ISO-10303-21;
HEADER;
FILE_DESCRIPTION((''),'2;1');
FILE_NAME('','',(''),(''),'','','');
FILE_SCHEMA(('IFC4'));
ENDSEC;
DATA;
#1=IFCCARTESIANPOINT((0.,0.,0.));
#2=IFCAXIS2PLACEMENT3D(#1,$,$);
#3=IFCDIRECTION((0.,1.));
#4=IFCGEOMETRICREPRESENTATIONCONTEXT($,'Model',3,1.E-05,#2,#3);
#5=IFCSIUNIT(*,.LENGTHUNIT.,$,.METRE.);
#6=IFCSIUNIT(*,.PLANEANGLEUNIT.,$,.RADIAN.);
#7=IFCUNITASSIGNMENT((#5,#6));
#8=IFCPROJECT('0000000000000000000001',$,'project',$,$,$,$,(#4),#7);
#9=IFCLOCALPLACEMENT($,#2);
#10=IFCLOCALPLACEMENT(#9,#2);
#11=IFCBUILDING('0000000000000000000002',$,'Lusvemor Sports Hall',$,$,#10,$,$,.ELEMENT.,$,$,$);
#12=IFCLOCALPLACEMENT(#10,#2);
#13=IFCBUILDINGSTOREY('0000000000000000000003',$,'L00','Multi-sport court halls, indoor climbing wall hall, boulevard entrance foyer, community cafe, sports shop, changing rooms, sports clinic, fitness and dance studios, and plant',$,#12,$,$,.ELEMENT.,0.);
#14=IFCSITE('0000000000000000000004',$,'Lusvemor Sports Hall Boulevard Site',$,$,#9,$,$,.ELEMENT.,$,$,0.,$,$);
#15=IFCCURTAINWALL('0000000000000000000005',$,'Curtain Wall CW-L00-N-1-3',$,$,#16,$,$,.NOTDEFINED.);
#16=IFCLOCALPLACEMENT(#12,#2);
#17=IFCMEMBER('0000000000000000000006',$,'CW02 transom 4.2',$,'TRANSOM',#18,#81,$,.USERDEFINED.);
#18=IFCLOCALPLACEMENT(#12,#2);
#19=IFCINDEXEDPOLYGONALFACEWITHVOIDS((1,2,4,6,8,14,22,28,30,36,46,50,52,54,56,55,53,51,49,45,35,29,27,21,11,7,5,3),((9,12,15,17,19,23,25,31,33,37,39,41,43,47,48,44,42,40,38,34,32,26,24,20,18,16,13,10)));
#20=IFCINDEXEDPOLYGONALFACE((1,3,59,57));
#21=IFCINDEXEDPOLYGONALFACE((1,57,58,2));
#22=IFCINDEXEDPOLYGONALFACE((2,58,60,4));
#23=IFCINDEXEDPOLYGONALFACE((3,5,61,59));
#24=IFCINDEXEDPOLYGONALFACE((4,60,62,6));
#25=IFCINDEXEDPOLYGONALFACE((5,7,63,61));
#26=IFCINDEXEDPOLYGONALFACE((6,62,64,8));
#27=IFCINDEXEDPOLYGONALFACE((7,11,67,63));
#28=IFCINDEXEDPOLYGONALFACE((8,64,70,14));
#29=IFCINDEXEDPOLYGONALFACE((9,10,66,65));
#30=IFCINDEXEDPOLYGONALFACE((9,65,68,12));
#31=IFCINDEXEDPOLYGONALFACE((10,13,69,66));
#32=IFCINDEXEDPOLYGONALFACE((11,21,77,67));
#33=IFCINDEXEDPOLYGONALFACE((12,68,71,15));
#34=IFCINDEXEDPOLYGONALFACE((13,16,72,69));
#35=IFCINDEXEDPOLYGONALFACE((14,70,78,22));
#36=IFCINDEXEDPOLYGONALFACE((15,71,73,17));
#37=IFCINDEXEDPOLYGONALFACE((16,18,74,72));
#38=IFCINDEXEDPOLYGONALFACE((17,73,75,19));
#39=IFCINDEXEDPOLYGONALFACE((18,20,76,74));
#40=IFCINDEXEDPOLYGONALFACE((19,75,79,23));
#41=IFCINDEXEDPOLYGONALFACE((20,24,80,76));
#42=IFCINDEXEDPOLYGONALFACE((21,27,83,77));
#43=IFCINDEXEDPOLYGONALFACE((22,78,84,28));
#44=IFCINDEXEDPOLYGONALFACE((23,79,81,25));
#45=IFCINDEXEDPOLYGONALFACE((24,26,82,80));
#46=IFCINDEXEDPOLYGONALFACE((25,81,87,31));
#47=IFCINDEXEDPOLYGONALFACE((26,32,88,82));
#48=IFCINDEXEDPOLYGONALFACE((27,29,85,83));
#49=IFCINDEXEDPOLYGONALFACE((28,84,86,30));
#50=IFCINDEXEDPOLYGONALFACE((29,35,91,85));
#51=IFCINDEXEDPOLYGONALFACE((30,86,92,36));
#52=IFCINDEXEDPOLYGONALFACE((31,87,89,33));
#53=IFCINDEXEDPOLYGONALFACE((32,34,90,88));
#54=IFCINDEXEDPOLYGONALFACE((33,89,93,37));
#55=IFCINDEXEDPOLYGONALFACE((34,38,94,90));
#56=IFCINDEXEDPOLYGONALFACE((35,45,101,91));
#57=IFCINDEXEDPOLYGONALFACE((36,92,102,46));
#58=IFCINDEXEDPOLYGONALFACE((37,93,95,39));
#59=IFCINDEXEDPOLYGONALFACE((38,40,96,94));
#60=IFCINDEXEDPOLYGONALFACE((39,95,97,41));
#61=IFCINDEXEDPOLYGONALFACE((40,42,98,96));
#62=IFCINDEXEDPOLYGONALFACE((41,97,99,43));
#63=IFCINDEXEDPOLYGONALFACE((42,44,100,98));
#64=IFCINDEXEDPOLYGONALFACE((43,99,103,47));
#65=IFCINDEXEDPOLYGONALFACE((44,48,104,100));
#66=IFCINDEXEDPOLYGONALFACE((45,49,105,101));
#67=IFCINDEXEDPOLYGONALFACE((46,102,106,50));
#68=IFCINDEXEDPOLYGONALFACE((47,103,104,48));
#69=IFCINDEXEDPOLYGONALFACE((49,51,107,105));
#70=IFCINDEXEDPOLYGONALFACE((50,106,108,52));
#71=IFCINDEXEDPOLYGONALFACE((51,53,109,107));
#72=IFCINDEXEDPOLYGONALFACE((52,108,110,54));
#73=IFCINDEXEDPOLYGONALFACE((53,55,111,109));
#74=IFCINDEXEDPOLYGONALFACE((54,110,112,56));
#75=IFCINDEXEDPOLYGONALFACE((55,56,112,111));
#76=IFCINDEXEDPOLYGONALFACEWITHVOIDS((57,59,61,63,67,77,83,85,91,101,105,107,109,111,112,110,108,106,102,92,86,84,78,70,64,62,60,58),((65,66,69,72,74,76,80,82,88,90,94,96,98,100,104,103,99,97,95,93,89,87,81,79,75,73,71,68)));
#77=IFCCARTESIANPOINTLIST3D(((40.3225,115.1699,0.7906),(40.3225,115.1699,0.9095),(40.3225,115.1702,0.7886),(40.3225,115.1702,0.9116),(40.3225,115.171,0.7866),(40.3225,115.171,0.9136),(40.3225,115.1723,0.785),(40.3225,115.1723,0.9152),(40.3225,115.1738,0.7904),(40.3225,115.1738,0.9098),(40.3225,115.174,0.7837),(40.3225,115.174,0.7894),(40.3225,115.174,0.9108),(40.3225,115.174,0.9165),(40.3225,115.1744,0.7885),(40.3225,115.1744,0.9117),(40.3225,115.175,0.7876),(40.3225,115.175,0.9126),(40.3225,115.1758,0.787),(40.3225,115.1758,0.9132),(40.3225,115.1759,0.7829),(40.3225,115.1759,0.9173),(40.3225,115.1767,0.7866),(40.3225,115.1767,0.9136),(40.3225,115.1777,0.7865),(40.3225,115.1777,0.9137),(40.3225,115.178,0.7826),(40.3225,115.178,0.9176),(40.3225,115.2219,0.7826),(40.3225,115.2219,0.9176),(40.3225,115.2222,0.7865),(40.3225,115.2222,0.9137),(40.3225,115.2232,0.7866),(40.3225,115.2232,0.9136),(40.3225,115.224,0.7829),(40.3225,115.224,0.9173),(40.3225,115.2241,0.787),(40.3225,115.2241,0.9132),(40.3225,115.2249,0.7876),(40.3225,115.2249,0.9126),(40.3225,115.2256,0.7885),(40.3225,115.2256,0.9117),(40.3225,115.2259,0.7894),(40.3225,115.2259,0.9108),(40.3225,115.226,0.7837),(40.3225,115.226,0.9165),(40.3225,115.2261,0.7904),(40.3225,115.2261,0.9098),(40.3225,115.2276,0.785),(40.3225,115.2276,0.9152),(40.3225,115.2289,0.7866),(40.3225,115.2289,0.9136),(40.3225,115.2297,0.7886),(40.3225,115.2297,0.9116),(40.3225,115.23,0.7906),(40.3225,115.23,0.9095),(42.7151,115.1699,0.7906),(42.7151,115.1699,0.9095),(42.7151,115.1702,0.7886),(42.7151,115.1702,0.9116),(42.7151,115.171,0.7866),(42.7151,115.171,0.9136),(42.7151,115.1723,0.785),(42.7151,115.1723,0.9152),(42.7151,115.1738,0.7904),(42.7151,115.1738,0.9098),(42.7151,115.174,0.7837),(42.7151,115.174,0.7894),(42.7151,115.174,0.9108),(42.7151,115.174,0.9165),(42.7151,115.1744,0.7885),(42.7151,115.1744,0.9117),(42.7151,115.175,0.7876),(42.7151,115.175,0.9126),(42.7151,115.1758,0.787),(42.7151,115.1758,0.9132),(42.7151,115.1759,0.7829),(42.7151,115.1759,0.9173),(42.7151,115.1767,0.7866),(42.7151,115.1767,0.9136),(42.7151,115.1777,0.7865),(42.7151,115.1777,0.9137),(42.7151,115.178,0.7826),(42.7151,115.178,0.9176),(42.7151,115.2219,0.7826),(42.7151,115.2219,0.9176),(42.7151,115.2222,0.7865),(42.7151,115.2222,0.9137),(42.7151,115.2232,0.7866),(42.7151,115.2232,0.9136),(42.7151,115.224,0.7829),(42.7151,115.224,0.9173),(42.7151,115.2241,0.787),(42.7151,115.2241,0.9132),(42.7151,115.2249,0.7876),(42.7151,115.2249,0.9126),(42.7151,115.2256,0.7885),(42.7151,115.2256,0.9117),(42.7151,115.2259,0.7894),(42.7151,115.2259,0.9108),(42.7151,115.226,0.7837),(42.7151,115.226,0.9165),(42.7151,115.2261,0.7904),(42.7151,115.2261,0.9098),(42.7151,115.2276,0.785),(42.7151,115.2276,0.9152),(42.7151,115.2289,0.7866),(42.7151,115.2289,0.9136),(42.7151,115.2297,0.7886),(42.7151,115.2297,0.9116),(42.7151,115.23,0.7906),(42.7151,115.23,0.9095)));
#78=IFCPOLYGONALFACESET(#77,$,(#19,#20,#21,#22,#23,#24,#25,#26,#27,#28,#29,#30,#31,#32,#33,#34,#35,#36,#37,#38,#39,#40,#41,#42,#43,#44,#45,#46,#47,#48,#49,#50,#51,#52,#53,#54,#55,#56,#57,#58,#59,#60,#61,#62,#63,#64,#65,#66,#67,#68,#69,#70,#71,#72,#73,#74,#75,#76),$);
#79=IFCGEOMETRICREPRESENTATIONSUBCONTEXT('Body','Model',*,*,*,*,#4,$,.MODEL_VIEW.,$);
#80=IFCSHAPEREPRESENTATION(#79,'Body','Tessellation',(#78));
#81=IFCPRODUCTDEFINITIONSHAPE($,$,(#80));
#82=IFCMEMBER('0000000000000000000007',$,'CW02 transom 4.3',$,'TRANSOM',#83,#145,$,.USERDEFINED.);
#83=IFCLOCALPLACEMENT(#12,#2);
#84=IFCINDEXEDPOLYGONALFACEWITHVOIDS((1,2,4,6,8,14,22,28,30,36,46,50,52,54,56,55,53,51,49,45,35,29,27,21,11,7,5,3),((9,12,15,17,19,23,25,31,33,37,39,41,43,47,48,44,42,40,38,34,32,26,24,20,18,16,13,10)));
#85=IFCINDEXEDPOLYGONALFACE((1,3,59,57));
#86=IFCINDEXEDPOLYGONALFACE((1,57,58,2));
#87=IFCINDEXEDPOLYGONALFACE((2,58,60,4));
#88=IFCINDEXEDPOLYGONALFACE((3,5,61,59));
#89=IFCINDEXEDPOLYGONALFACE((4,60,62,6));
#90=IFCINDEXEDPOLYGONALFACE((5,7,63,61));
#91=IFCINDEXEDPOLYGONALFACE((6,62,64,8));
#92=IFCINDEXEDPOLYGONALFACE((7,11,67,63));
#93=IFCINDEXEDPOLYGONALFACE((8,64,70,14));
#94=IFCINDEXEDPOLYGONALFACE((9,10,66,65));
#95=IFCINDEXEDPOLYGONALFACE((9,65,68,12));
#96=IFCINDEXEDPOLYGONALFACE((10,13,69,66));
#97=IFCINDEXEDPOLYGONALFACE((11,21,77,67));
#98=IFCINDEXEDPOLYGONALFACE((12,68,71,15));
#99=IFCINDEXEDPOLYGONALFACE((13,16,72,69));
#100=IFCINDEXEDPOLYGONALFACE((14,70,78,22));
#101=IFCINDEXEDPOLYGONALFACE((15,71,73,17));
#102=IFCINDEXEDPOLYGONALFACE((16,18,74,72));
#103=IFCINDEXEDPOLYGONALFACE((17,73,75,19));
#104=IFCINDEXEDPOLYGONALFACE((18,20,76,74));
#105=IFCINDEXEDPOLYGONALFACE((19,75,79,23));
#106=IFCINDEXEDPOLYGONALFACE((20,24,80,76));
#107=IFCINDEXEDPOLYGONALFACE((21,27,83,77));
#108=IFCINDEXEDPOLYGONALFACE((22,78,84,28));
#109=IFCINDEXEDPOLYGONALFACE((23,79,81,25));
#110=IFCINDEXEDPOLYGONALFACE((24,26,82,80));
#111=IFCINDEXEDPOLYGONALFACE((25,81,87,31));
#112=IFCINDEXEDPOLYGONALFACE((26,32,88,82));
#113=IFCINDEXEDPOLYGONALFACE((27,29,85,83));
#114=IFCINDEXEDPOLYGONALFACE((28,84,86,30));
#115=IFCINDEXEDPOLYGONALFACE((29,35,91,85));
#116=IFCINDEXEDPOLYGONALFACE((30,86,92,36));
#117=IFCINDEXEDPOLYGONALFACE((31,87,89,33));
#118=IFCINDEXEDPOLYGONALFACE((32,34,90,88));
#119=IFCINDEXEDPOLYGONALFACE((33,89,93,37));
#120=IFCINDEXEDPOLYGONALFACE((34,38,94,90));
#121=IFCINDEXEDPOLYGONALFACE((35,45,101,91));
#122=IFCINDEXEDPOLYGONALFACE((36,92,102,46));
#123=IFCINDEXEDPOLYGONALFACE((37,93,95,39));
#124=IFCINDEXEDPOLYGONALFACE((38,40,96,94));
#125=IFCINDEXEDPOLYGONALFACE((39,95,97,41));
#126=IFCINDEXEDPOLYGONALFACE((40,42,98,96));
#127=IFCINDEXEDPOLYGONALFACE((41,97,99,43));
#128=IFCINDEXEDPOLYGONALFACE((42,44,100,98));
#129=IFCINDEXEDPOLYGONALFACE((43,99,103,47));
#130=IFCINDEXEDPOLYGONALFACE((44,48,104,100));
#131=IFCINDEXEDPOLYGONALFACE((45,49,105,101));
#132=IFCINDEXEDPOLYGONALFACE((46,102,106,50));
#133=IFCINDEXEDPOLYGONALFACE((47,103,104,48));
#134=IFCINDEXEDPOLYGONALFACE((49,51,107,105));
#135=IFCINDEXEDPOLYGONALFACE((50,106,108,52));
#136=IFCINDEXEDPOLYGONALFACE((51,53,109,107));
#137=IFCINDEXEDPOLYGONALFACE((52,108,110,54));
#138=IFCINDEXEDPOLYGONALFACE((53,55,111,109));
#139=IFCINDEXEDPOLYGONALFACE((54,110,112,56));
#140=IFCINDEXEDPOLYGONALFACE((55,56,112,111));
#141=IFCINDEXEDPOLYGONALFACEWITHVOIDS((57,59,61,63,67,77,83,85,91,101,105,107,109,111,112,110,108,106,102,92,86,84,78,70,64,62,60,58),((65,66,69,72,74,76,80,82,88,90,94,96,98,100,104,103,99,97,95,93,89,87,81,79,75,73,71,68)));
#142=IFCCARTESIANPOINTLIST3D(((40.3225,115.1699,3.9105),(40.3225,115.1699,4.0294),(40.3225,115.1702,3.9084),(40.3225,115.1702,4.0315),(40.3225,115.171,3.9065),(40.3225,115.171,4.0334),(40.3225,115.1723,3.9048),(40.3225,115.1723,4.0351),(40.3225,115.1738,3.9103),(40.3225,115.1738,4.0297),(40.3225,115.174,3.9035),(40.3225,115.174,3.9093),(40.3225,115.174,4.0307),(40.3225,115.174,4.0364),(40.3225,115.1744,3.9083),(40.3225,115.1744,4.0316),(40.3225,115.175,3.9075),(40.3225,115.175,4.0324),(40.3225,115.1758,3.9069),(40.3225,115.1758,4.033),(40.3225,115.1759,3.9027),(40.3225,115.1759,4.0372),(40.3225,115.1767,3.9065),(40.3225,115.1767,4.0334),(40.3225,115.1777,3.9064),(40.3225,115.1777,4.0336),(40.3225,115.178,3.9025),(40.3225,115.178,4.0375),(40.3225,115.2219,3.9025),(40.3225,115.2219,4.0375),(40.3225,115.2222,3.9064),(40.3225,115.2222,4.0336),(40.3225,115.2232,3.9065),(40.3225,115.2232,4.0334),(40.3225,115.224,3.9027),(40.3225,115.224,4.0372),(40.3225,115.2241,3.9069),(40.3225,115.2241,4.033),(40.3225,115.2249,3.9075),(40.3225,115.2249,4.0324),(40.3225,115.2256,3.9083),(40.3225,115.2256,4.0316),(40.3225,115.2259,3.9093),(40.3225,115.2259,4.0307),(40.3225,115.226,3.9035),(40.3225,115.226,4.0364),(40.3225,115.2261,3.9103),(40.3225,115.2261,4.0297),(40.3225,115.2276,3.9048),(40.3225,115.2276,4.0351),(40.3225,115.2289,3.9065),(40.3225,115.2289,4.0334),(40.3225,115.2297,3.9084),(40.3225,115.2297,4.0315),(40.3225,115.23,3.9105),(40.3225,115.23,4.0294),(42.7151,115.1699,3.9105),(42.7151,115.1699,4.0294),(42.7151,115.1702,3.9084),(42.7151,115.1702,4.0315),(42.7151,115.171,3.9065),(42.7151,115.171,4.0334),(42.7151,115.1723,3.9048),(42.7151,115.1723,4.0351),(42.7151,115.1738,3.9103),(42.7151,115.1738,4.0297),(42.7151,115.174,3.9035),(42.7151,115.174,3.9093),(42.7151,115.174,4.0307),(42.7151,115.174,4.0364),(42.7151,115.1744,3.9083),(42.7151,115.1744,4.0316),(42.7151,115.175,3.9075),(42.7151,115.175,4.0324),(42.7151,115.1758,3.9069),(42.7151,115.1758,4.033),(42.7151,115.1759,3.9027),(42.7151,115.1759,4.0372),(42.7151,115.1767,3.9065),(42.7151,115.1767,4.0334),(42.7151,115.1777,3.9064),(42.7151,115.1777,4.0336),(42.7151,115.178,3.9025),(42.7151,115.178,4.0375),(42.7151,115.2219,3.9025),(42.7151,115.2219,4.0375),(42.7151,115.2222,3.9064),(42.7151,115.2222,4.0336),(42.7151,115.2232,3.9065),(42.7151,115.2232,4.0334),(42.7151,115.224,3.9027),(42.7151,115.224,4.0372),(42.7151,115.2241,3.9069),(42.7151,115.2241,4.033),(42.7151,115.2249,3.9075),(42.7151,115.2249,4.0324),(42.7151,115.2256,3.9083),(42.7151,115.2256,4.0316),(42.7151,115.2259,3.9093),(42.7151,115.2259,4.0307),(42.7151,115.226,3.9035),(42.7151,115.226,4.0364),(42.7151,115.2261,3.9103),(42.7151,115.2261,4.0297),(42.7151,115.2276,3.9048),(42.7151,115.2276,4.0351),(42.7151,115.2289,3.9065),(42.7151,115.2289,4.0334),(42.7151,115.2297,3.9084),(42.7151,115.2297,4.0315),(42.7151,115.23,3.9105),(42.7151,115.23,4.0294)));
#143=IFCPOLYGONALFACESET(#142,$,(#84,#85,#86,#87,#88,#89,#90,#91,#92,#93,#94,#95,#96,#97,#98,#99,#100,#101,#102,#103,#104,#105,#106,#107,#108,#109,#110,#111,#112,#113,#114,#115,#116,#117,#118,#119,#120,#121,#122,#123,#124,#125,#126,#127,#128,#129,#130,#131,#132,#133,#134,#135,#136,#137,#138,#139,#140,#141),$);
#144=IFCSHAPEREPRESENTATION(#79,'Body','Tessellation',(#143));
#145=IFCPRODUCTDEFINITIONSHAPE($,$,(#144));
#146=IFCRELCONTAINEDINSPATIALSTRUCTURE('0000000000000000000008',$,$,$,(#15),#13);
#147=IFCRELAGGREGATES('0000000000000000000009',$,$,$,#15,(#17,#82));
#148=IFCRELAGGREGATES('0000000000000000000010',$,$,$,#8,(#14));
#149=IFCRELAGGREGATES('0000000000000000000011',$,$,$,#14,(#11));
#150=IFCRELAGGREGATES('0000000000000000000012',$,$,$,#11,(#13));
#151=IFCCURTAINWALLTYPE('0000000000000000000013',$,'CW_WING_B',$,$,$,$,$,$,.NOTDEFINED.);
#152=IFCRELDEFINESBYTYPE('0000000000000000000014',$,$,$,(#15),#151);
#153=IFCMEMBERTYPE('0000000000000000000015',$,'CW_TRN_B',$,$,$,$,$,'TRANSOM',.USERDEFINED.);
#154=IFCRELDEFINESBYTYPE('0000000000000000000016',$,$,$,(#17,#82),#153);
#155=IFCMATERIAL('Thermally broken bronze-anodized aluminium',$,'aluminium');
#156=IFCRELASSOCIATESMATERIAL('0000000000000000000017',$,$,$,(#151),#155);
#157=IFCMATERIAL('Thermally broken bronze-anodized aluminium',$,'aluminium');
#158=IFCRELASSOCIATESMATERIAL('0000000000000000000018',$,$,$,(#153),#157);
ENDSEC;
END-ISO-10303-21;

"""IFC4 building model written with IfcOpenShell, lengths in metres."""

from ifc_helpers import new_model, si_unit, direction, frame, origin, origin_2d, place, context, subcontext, project, spatial, hollow_rectangle, extrude, material, material_profile, profile_set, type_object, element, aggregate, save


model = new_model("IFC4")

# Units and contexts
model_context = context("Model", 3, precision=1e-05, world=origin(), true_north=direction((0.0, 1.0)))
body_context = subcontext(model_context, "Body", "Model", "MODEL_VIEW")
ifc_project = project(units=[si_unit("LENGTHUNIT", "METRE"), si_unit("PLANEANGLEUNIT", "RADIAN")], contexts=[model_context])

# Site, building, storey
site_placement = place(None, origin())
site = spatial("IfcSite", under=ifc_project, at=site_placement, Name="Lusvemor Sports Hall Boulevard Site", CompositionType="ELEMENT", RefElevation=0.0)
building_placement = place(site_placement, origin())
building = spatial("IfcBuilding", under=site, at=building_placement, Name="Lusvemor Sports Hall", CompositionType="ELEMENT")
storey_placement = place(building_placement, origin())
storey = spatial("IfcBuildingStorey", under=building, at=storey_placement, Name="L00", Description="Multi-sport court halls, indoor climbing wall hall, boulevard entrance foyer, community cafe, sports shop, changing rooms, sports clinic, fitness and dance studios, and plant", CompositionType="ELEMENT", Elevation=0.0)

# Curtain wall, members
ifc_material_1 = material(Name="Thermally broken bronze-anodized aluminium", Category="aluminium")
curtain_wall_type = type_object("IfcCurtainWallType", Name="CW_WING_B", PredefinedType="NOTDEFINED", material=ifc_material_1)
curtain_wall_placement = place(storey_placement, origin())
curtain_wall = element("IfcCurtainWall", 1, at=curtain_wall_placement, inside=storey, type_object=curtain_wall_type, Name="Curtain Wall CW-L00-N-1-3", PredefinedType="NOTDEFINED")
ifc_material_2 = material(Name="Thermally broken bronze-anodized aluminium", Category="aluminium")
ifc_material_profile_1 = material_profile(ifc_material_2, hollow_rectangle(XDim=0.0601, YDim=0.135, WallThickness=0.0039, InnerFilletRadius=0.0039, OuterFilletRadius=0.0081, at=origin_2d()), Name="CWTRN135x60x4")
ifc_profile_set_1 = profile_set([ifc_material_profile_1], Name="Thermally broken bronze-anodized aluminium")
member_type_1 = type_object("IfcMemberType", Name="CW_TRN_B", ElementType="TRANSOM", PredefinedType="USERDEFINED", material=ifc_profile_set_1)
member_1_placement = place(storey_placement, frame((40.3225, 115.2, 0.8501), z_axis=(1.0, 0.0, 0.0), x_axis=(0.0, 1.0, 0.0)))
member_1 = element("IfcMember", 2, at=member_1_placement, type_object=member_type_1, Name="CW02 transom 4.2", ObjectType="TRANSOM", PredefinedType="USERDEFINED", context=body_context, shape_type="SweptSolid", body=[
    extrude(hollow_rectangle(XDim=0.0601, YDim=0.135, WallThickness=0.0039, InnerFilletRadius=0.0039, OuterFilletRadius=0.0081, at=origin_2d()), origin(), (0.0, 0.0, 1.0), 2.3926),
])
member_2_placement = place(storey_placement, frame((40.3225, 115.2, 3.97), z_axis=(1.0, 0.0, 0.0), x_axis=(0.0, 1.0, 0.0)))
member_2 = element("IfcMember", 3, at=member_2_placement, type_object=member_type_1, Name="CW02 transom 4.3", ObjectType="TRANSOM", PredefinedType="USERDEFINED", context=body_context, shape_type="SweptSolid", body=[
    extrude(hollow_rectangle(XDim=0.0601, YDim=0.135, WallThickness=0.0039, InnerFilletRadius=0.0039, OuterFilletRadius=0.0081, at=origin_2d()), origin(), (0.0, 0.0, 1.0), 2.3926),
])
aggregate(curtain_wall, [member_1, member_2])

save(model, "model.ifc")
